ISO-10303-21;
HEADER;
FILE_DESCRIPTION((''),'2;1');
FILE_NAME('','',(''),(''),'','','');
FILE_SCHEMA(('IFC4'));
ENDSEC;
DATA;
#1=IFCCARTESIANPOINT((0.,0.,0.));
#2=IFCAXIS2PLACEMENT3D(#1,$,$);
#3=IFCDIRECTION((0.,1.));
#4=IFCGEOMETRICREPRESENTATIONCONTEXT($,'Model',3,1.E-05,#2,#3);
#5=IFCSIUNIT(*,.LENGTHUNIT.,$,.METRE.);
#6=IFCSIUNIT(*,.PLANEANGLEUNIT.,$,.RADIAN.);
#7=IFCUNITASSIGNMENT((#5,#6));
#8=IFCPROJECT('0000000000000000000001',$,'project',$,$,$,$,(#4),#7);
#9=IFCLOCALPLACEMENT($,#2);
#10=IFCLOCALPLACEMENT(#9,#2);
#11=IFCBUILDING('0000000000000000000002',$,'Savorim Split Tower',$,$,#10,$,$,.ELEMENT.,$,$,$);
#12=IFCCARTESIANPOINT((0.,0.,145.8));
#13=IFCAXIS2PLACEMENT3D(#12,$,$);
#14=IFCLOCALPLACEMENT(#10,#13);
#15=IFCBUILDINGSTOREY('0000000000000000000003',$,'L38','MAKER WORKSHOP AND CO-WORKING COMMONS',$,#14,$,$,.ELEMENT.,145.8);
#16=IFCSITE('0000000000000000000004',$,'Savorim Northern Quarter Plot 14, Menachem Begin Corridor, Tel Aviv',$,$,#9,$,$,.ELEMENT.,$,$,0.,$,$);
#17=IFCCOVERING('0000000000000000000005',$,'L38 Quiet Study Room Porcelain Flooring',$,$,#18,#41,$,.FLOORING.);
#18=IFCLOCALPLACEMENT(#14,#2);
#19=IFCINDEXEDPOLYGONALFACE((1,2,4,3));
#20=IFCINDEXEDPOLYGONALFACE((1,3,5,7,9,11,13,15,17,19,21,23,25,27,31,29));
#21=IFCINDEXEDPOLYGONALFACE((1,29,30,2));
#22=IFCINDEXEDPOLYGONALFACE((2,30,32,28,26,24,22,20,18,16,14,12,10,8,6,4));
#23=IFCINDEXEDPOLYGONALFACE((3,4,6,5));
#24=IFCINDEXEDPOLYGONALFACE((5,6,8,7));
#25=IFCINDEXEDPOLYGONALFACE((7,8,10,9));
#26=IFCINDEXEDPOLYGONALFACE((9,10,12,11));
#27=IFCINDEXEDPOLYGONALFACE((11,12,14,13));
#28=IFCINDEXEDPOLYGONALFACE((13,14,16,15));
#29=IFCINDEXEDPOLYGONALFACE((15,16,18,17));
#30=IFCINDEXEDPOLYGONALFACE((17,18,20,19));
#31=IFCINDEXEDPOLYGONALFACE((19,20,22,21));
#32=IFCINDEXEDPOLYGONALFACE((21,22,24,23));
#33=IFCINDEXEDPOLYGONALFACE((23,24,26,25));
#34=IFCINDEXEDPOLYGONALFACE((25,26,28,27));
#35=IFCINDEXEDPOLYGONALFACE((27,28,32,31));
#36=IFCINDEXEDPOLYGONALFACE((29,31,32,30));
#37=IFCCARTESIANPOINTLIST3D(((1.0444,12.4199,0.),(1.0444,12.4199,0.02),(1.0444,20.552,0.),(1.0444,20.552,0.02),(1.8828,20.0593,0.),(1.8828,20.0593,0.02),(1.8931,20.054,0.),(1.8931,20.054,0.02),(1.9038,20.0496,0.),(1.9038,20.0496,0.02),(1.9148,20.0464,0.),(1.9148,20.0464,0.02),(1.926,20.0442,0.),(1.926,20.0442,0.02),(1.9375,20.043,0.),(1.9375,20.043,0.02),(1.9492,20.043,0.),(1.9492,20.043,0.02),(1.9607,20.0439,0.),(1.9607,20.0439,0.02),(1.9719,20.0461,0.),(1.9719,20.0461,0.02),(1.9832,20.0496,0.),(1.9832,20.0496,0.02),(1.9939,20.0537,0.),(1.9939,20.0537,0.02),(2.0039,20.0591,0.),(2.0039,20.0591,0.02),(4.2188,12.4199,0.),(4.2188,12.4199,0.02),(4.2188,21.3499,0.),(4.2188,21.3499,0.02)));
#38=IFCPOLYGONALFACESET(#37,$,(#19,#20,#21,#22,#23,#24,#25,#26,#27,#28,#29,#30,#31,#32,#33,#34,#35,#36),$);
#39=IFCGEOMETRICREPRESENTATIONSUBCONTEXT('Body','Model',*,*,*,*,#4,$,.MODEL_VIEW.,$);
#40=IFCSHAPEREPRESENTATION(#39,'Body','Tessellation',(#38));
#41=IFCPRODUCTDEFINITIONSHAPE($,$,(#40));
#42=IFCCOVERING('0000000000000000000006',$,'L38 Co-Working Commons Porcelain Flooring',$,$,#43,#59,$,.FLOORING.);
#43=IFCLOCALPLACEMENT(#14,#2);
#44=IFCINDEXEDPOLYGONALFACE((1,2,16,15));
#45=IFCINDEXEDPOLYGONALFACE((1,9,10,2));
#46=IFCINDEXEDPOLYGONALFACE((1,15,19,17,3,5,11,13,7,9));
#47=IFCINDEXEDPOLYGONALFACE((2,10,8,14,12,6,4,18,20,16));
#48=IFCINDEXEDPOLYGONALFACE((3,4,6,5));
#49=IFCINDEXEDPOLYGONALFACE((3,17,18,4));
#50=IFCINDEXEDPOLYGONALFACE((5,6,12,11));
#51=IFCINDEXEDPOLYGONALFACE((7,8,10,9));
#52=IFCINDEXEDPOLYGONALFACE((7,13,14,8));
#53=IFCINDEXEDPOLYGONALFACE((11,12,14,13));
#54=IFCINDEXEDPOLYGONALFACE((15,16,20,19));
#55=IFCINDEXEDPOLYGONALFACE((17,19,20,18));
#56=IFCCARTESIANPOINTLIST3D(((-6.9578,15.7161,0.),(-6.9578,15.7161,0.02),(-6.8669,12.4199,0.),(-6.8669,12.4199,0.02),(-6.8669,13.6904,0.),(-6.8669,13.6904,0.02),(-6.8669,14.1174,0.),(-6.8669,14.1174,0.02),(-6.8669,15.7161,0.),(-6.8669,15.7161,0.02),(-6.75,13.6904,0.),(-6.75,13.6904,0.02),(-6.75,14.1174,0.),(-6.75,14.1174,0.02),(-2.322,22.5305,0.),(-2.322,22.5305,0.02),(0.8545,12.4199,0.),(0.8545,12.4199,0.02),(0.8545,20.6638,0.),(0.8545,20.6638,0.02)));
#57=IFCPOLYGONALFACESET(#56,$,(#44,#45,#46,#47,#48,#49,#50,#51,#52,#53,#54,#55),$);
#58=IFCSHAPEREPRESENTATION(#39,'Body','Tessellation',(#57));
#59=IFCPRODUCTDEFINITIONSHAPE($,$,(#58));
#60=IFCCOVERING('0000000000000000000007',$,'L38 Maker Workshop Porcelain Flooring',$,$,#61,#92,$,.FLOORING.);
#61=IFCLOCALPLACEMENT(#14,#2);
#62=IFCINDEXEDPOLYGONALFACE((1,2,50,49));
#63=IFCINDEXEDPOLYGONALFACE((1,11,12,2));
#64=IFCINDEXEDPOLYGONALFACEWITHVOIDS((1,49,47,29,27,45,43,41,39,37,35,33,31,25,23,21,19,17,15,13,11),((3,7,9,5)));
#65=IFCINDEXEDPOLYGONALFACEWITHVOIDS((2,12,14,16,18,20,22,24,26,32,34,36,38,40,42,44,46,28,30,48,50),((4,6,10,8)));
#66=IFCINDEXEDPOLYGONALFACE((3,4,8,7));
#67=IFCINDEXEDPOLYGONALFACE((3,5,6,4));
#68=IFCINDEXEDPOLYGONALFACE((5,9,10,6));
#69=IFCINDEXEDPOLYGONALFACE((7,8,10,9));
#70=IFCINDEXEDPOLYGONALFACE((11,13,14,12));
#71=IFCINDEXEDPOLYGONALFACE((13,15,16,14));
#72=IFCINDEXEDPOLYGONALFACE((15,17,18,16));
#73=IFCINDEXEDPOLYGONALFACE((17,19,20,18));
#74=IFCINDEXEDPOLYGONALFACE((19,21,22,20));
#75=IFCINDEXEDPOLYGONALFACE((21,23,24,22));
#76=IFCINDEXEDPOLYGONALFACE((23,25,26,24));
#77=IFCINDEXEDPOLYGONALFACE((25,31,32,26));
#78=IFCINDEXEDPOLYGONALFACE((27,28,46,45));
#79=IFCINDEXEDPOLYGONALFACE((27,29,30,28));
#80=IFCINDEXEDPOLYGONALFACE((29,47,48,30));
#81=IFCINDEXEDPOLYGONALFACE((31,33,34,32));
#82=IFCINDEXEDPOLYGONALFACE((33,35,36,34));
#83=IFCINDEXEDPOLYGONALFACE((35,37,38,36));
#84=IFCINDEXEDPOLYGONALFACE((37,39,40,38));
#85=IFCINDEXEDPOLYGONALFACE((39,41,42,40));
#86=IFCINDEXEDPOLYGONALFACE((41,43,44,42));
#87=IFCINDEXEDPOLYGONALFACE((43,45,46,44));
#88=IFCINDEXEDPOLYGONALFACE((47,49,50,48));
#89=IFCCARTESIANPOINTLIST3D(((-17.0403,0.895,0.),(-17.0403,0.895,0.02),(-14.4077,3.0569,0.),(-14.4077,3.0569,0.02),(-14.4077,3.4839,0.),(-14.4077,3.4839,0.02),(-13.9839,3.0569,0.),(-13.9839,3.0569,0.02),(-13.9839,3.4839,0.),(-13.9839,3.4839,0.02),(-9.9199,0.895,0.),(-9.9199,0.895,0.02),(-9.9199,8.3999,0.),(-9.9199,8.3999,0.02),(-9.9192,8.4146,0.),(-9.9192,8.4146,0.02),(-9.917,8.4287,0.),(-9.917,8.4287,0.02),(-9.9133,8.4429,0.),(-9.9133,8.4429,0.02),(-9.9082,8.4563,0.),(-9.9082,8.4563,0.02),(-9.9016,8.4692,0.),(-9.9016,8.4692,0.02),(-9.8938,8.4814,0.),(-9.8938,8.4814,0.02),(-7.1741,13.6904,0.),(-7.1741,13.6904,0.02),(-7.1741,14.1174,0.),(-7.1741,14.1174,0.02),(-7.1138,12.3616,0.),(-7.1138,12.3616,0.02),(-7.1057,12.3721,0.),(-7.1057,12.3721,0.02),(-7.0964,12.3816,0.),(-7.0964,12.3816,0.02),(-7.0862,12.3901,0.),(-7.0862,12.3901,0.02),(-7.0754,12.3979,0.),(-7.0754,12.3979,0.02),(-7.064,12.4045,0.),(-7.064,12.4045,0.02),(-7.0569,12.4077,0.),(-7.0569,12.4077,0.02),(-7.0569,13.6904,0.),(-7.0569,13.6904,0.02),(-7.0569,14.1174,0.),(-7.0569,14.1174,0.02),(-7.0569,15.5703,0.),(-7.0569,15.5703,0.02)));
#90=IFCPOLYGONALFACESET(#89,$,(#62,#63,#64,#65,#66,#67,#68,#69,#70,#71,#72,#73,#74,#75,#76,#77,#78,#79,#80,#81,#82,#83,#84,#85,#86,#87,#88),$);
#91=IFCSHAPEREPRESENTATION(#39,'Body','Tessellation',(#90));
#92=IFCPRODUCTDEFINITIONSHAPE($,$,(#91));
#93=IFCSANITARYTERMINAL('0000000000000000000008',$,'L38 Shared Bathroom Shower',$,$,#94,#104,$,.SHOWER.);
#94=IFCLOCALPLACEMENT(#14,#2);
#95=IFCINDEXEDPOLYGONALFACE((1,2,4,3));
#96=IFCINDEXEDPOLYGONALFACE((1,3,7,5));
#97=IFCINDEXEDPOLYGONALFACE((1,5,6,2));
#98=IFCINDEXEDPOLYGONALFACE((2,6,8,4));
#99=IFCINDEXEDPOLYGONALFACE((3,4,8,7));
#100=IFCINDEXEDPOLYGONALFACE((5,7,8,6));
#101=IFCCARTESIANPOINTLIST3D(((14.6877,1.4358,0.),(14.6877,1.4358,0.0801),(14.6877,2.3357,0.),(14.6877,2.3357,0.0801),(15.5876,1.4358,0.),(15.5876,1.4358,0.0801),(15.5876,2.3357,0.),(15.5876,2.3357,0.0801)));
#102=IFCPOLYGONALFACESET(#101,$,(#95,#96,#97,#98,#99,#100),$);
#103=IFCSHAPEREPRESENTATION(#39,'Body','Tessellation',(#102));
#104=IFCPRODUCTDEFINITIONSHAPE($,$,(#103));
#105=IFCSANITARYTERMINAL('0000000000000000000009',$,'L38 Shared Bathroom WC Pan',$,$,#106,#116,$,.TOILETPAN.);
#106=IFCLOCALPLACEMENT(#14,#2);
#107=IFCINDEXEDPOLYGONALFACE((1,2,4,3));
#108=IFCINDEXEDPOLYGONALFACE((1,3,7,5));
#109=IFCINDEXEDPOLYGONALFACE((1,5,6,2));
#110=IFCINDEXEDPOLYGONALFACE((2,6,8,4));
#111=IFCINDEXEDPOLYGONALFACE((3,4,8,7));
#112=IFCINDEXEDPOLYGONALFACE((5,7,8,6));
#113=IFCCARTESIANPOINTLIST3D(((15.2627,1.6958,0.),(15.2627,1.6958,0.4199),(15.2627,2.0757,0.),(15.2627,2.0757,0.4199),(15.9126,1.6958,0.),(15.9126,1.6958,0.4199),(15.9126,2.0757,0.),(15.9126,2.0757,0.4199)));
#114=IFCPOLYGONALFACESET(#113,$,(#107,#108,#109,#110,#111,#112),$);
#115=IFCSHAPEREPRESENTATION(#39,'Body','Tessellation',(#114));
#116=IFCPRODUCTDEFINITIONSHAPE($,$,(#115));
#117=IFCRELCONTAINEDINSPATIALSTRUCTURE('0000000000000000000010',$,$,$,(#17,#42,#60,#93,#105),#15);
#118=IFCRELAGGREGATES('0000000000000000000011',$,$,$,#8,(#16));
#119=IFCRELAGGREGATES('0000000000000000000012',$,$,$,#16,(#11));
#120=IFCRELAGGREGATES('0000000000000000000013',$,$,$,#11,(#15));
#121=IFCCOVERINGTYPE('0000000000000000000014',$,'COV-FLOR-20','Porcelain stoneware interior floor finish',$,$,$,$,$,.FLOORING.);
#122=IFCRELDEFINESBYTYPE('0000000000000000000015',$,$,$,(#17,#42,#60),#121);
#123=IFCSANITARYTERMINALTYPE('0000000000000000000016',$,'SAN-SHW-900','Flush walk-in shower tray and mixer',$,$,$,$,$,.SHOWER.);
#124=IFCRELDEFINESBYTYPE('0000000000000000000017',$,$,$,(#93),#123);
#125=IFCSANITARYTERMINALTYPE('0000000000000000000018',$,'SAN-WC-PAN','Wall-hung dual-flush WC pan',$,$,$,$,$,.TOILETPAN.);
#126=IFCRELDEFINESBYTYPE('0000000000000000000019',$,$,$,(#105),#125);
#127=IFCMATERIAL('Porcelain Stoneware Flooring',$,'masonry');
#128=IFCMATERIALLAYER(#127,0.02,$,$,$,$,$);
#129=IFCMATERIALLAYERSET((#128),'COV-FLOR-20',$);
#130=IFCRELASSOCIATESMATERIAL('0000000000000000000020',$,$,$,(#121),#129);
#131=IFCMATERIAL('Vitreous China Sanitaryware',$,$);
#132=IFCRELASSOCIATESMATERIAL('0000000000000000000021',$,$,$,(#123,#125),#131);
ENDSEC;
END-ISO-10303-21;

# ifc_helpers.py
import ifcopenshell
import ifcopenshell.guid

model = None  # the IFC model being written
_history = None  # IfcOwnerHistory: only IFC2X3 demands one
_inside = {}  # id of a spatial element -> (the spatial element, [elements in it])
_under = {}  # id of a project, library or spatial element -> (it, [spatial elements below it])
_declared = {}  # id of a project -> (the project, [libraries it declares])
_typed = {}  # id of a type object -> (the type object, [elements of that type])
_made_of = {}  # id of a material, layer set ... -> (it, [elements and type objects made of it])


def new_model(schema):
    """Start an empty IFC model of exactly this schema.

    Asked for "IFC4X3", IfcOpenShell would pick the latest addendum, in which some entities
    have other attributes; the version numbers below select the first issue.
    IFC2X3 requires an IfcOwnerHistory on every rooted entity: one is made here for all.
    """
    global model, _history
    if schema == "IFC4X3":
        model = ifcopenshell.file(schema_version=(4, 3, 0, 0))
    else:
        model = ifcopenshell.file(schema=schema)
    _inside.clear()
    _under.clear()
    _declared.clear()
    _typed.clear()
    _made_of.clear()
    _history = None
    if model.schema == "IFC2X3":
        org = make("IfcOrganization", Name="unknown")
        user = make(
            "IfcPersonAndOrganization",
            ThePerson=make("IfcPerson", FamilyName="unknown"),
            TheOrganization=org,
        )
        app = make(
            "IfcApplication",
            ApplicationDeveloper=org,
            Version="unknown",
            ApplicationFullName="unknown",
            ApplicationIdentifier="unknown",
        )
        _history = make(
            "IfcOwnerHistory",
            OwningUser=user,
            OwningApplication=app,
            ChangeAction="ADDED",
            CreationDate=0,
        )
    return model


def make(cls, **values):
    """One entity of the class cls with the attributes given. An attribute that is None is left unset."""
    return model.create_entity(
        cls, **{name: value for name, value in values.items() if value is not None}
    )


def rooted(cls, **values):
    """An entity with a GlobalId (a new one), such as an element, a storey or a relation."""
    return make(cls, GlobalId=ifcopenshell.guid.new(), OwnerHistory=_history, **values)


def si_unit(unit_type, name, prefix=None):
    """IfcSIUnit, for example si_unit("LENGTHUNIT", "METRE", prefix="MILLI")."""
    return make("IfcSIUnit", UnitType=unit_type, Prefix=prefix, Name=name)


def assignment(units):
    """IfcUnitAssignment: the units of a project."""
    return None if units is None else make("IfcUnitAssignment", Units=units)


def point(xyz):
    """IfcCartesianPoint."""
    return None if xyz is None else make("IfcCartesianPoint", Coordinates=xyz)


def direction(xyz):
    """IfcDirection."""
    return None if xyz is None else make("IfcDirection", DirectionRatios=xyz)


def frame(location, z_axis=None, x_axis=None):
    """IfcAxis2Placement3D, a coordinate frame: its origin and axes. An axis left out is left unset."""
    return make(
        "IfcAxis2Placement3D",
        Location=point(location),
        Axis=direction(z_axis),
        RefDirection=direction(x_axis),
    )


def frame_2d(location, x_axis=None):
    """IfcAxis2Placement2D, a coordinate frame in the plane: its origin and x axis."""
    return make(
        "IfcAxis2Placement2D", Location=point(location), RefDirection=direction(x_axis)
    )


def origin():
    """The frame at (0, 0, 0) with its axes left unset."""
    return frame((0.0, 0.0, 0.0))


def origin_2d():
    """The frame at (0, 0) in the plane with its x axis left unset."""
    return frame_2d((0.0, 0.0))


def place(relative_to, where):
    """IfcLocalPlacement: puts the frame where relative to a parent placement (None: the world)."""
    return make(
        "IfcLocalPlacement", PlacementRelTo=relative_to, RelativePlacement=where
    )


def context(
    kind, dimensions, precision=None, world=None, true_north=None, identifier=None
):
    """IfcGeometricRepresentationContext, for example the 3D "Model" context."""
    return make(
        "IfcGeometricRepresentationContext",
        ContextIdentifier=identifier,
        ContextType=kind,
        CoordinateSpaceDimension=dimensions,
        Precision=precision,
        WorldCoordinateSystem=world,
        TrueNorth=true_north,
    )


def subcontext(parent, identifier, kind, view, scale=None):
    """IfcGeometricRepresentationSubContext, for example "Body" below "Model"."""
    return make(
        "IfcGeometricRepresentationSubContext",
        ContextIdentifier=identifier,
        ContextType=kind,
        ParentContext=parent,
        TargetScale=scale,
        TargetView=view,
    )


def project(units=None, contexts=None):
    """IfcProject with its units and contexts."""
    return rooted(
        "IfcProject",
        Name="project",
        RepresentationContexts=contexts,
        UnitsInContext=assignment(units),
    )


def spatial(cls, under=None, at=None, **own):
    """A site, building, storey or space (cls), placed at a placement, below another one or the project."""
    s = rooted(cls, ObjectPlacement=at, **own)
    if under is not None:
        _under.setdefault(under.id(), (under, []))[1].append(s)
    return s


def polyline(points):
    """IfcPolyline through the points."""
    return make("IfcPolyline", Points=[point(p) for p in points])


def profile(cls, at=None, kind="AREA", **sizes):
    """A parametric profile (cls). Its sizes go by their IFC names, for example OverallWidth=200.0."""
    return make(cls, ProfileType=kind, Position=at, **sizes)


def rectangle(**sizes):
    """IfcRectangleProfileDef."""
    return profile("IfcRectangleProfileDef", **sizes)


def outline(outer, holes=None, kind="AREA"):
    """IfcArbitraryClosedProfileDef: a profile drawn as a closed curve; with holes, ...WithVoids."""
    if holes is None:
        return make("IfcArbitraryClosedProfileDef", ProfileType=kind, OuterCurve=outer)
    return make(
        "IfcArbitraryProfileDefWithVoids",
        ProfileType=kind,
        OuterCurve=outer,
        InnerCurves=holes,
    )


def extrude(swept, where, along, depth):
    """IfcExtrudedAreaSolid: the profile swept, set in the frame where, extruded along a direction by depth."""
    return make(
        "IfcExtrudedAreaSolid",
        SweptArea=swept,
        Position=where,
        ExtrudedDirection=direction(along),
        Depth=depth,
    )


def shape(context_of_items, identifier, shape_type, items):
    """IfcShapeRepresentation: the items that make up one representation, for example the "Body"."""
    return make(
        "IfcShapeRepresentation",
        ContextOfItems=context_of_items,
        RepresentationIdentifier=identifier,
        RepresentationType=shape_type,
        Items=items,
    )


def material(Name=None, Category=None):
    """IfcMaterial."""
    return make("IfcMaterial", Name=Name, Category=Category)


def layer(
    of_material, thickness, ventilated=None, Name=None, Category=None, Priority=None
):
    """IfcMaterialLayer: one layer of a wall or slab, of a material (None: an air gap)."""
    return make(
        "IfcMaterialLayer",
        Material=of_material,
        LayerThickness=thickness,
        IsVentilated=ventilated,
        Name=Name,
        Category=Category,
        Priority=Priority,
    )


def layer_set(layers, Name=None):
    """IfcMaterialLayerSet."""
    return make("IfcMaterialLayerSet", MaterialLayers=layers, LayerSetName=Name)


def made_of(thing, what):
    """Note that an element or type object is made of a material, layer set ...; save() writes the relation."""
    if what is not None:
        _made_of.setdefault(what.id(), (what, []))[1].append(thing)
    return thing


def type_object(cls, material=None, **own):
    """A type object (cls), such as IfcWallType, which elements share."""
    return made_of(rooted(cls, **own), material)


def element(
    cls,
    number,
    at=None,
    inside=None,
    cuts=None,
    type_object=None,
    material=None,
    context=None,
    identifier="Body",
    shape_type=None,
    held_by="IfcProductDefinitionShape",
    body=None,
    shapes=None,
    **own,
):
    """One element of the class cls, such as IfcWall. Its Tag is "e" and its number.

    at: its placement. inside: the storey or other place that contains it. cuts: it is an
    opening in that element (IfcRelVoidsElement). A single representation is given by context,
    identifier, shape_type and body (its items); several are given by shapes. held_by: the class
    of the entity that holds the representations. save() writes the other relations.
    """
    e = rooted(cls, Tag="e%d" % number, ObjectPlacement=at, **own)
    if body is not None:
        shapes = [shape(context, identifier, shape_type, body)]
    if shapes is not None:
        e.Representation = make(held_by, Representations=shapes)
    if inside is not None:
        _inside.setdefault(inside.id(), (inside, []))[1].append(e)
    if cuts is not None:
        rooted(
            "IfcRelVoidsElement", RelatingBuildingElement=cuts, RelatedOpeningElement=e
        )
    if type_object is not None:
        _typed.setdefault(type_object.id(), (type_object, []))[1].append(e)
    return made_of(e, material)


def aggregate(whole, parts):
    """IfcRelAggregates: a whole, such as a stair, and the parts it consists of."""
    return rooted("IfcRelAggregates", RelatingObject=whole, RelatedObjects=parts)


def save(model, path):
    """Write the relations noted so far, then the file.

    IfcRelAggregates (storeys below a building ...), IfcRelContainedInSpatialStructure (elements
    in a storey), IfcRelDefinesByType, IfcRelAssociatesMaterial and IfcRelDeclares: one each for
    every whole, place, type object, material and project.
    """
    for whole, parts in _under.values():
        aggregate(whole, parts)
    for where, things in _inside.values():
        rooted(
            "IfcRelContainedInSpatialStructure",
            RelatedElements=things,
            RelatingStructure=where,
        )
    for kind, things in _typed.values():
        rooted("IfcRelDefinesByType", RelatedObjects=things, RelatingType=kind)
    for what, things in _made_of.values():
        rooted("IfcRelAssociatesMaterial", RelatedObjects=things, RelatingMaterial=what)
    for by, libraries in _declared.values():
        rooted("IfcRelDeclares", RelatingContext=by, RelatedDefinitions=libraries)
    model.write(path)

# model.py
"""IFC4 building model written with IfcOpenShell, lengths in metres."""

from ifc_helpers import new_model, si_unit, direction, frame, origin, origin_2d, place, context, subcontext, project, spatial, polyline, rectangle, outline, extrude, material, layer, layer_set, type_object, element, save


model = new_model("IFC4")

# Units and contexts
model_context = context("Model", 3, precision=1e-05, world=origin(), true_north=direction((0.0, 1.0)))
body_context = subcontext(model_context, "Body", "Model", "MODEL_VIEW")
ifc_project = project(units=[si_unit("LENGTHUNIT", "METRE"), si_unit("PLANEANGLEUNIT", "RADIAN")], contexts=[model_context])

# Site, building, storey
site_placement = place(None, origin())
site = spatial("IfcSite", under=ifc_project, at=site_placement, Name="Savorim Northern Quarter Plot 14, Menachem Begin Corridor, Tel Aviv", CompositionType="ELEMENT", RefElevation=0.0)
building_placement = place(site_placement, origin())
building = spatial("IfcBuilding", under=site, at=building_placement, Name="Savorim Split Tower", CompositionType="ELEMENT")
storey_placement = place(building_placement, frame((0.0, 0.0, 145.8)))
storey = spatial("IfcBuildingStorey", under=building, at=storey_placement, Name="L38", Description="MAKER WORKSHOP AND CO-WORKING COMMONS", CompositionType="ELEMENT", Elevation=145.8)

# Coverings
ifc_material_1 = material(Name="Porcelain Stoneware Flooring", Category="masonry")
ifc_layer_1 = layer(ifc_material_1, 0.02)
ifc_layer_set_1 = layer_set([ifc_layer_1], Name="COV-FLOR-20")
covering_type_1 = type_object("IfcCoveringType", Name="COV-FLOR-20", Description="Porcelain stoneware interior floor finish", PredefinedType="FLOORING", material=ifc_layer_set_1)
covering_1_placement = place(storey_placement, origin())
element("IfcCovering", 1, at=covering_1_placement, inside=storey, type_object=covering_type_1, Name="L38 Quiet Study Room Porcelain Flooring", PredefinedType="FLOORING", context=body_context, shape_type="SweptSolid", body=[
    extrude(outline(polyline([(1.9038, 20.0496), (1.8931, 20.054), (1.8828, 20.0593), (1.0444, 20.552), (1.0444, 12.4199), (4.2188, 12.4199), (4.2188, 21.3499), (2.0039, 20.0591), (1.9939, 20.0537), (1.9832, 20.0496), (1.9719, 20.0461), (1.9607, 20.0439), (1.9492, 20.043), (1.9375, 20.043), (1.926, 20.0442), (1.9148, 20.0464), (1.9038, 20.0496)])), origin(), (0.0, 0.0, 1.0), 0.02),
])
covering_2_placement = place(storey_placement, origin())
element("IfcCovering", 2, at=covering_2_placement, inside=storey, type_object=covering_type_1, Name="L38 Co-Working Commons Porcelain Flooring", PredefinedType="FLOORING", context=body_context, shape_type="SweptSolid", body=[
    extrude(outline(polyline([(-6.8669, 12.4199), (0.8545, 12.4199), (0.8545, 20.6638), (-2.322, 22.5305), (-6.9578, 15.7161), (-6.8669, 15.7161), (-6.8669, 14.1174), (-6.75, 14.1174), (-6.75, 13.6904), (-6.8669, 13.6904), (-6.8669, 12.4199)])), origin(), (0.0, 0.0, 1.0), 0.02),
])
covering_3_placement = place(storey_placement, origin())
element("IfcCovering", 3, at=covering_3_placement, inside=storey, type_object=covering_type_1, Name="L38 Maker Workshop Porcelain Flooring", PredefinedType="FLOORING", context=body_context, shape_type="SweptSolid", body=[
    extrude(outline(polyline([(-7.0754, 12.3979), (-7.064, 12.4045), (-7.0569, 12.4077), (-7.0569, 13.6904), (-7.1741, 13.6904), (-7.1741, 14.1174), (-7.0569, 14.1174), (-7.0569, 15.5703), (-17.0403, 0.895), (-9.9199, 0.895), (-9.9199, 8.3999), (-9.9192, 8.4146), (-9.917, 8.4287), (-9.9133, 8.4429), (-9.9082, 8.4563), (-9.9016, 8.4692), (-9.8938, 8.4814), (-7.1138, 12.3616), (-7.1057, 12.3721), (-7.0964, 12.3816), (-7.0862, 12.3901), (-7.0754, 12.3979)]), holes=[polyline([(-14.4077, 3.4839), (-14.4077, 3.0569), (-13.9839, 3.0569), (-13.9839, 3.4839), (-14.4077, 3.4839)])]), origin(), (0.0, 0.0, 1.0), 0.02),
])

# Sanitary terminals
ifc_material_2 = material(Name="Vitreous China Sanitaryware")
sanitary_terminal_type_1 = type_object("IfcSanitaryTerminalType", Name="SAN-SHW-900", Description="Flush walk-in shower tray and mixer", PredefinedType="SHOWER", material=ifc_material_2)
sanitary_terminal_1_placement = place(storey_placement, frame((15.1377, 1.8857, 0.0), z_axis=(0.0, 0.0, 1.0), x_axis=(1.0, 0.0, 0.0)))
element("IfcSanitaryTerminal", 4, at=sanitary_terminal_1_placement, inside=storey, type_object=sanitary_terminal_type_1, Name="L38 Shared Bathroom Shower", PredefinedType="SHOWER", context=body_context, shape_type="SweptSolid", body=[
    extrude(rectangle(XDim=0.8999, YDim=0.8999, at=origin_2d()), origin(), (0.0, 0.0, 1.0), 0.0801),
])
sanitary_terminal_type_2 = type_object("IfcSanitaryTerminalType", Name="SAN-WC-PAN", Description="Wall-hung dual-flush WC pan", PredefinedType="TOILETPAN", material=ifc_material_2)
sanitary_terminal_2_placement = place(storey_placement, frame((15.5876, 1.8857, 0.0), z_axis=(0.0, 0.0, 1.0), x_axis=(1.0, 0.0, 0.0)))
element("IfcSanitaryTerminal", 5, at=sanitary_terminal_2_placement, inside=storey, type_object=sanitary_terminal_type_2, Name="L38 Shared Bathroom WC Pan", PredefinedType="TOILETPAN", context=body_context, shape_type="SweptSolid", body=[
    extrude(rectangle(XDim=0.6499, YDim=0.3799, at=origin_2d()), origin(), (0.0, 0.0, 1.0), 0.4199),
])

save(model, "model.ifc")
